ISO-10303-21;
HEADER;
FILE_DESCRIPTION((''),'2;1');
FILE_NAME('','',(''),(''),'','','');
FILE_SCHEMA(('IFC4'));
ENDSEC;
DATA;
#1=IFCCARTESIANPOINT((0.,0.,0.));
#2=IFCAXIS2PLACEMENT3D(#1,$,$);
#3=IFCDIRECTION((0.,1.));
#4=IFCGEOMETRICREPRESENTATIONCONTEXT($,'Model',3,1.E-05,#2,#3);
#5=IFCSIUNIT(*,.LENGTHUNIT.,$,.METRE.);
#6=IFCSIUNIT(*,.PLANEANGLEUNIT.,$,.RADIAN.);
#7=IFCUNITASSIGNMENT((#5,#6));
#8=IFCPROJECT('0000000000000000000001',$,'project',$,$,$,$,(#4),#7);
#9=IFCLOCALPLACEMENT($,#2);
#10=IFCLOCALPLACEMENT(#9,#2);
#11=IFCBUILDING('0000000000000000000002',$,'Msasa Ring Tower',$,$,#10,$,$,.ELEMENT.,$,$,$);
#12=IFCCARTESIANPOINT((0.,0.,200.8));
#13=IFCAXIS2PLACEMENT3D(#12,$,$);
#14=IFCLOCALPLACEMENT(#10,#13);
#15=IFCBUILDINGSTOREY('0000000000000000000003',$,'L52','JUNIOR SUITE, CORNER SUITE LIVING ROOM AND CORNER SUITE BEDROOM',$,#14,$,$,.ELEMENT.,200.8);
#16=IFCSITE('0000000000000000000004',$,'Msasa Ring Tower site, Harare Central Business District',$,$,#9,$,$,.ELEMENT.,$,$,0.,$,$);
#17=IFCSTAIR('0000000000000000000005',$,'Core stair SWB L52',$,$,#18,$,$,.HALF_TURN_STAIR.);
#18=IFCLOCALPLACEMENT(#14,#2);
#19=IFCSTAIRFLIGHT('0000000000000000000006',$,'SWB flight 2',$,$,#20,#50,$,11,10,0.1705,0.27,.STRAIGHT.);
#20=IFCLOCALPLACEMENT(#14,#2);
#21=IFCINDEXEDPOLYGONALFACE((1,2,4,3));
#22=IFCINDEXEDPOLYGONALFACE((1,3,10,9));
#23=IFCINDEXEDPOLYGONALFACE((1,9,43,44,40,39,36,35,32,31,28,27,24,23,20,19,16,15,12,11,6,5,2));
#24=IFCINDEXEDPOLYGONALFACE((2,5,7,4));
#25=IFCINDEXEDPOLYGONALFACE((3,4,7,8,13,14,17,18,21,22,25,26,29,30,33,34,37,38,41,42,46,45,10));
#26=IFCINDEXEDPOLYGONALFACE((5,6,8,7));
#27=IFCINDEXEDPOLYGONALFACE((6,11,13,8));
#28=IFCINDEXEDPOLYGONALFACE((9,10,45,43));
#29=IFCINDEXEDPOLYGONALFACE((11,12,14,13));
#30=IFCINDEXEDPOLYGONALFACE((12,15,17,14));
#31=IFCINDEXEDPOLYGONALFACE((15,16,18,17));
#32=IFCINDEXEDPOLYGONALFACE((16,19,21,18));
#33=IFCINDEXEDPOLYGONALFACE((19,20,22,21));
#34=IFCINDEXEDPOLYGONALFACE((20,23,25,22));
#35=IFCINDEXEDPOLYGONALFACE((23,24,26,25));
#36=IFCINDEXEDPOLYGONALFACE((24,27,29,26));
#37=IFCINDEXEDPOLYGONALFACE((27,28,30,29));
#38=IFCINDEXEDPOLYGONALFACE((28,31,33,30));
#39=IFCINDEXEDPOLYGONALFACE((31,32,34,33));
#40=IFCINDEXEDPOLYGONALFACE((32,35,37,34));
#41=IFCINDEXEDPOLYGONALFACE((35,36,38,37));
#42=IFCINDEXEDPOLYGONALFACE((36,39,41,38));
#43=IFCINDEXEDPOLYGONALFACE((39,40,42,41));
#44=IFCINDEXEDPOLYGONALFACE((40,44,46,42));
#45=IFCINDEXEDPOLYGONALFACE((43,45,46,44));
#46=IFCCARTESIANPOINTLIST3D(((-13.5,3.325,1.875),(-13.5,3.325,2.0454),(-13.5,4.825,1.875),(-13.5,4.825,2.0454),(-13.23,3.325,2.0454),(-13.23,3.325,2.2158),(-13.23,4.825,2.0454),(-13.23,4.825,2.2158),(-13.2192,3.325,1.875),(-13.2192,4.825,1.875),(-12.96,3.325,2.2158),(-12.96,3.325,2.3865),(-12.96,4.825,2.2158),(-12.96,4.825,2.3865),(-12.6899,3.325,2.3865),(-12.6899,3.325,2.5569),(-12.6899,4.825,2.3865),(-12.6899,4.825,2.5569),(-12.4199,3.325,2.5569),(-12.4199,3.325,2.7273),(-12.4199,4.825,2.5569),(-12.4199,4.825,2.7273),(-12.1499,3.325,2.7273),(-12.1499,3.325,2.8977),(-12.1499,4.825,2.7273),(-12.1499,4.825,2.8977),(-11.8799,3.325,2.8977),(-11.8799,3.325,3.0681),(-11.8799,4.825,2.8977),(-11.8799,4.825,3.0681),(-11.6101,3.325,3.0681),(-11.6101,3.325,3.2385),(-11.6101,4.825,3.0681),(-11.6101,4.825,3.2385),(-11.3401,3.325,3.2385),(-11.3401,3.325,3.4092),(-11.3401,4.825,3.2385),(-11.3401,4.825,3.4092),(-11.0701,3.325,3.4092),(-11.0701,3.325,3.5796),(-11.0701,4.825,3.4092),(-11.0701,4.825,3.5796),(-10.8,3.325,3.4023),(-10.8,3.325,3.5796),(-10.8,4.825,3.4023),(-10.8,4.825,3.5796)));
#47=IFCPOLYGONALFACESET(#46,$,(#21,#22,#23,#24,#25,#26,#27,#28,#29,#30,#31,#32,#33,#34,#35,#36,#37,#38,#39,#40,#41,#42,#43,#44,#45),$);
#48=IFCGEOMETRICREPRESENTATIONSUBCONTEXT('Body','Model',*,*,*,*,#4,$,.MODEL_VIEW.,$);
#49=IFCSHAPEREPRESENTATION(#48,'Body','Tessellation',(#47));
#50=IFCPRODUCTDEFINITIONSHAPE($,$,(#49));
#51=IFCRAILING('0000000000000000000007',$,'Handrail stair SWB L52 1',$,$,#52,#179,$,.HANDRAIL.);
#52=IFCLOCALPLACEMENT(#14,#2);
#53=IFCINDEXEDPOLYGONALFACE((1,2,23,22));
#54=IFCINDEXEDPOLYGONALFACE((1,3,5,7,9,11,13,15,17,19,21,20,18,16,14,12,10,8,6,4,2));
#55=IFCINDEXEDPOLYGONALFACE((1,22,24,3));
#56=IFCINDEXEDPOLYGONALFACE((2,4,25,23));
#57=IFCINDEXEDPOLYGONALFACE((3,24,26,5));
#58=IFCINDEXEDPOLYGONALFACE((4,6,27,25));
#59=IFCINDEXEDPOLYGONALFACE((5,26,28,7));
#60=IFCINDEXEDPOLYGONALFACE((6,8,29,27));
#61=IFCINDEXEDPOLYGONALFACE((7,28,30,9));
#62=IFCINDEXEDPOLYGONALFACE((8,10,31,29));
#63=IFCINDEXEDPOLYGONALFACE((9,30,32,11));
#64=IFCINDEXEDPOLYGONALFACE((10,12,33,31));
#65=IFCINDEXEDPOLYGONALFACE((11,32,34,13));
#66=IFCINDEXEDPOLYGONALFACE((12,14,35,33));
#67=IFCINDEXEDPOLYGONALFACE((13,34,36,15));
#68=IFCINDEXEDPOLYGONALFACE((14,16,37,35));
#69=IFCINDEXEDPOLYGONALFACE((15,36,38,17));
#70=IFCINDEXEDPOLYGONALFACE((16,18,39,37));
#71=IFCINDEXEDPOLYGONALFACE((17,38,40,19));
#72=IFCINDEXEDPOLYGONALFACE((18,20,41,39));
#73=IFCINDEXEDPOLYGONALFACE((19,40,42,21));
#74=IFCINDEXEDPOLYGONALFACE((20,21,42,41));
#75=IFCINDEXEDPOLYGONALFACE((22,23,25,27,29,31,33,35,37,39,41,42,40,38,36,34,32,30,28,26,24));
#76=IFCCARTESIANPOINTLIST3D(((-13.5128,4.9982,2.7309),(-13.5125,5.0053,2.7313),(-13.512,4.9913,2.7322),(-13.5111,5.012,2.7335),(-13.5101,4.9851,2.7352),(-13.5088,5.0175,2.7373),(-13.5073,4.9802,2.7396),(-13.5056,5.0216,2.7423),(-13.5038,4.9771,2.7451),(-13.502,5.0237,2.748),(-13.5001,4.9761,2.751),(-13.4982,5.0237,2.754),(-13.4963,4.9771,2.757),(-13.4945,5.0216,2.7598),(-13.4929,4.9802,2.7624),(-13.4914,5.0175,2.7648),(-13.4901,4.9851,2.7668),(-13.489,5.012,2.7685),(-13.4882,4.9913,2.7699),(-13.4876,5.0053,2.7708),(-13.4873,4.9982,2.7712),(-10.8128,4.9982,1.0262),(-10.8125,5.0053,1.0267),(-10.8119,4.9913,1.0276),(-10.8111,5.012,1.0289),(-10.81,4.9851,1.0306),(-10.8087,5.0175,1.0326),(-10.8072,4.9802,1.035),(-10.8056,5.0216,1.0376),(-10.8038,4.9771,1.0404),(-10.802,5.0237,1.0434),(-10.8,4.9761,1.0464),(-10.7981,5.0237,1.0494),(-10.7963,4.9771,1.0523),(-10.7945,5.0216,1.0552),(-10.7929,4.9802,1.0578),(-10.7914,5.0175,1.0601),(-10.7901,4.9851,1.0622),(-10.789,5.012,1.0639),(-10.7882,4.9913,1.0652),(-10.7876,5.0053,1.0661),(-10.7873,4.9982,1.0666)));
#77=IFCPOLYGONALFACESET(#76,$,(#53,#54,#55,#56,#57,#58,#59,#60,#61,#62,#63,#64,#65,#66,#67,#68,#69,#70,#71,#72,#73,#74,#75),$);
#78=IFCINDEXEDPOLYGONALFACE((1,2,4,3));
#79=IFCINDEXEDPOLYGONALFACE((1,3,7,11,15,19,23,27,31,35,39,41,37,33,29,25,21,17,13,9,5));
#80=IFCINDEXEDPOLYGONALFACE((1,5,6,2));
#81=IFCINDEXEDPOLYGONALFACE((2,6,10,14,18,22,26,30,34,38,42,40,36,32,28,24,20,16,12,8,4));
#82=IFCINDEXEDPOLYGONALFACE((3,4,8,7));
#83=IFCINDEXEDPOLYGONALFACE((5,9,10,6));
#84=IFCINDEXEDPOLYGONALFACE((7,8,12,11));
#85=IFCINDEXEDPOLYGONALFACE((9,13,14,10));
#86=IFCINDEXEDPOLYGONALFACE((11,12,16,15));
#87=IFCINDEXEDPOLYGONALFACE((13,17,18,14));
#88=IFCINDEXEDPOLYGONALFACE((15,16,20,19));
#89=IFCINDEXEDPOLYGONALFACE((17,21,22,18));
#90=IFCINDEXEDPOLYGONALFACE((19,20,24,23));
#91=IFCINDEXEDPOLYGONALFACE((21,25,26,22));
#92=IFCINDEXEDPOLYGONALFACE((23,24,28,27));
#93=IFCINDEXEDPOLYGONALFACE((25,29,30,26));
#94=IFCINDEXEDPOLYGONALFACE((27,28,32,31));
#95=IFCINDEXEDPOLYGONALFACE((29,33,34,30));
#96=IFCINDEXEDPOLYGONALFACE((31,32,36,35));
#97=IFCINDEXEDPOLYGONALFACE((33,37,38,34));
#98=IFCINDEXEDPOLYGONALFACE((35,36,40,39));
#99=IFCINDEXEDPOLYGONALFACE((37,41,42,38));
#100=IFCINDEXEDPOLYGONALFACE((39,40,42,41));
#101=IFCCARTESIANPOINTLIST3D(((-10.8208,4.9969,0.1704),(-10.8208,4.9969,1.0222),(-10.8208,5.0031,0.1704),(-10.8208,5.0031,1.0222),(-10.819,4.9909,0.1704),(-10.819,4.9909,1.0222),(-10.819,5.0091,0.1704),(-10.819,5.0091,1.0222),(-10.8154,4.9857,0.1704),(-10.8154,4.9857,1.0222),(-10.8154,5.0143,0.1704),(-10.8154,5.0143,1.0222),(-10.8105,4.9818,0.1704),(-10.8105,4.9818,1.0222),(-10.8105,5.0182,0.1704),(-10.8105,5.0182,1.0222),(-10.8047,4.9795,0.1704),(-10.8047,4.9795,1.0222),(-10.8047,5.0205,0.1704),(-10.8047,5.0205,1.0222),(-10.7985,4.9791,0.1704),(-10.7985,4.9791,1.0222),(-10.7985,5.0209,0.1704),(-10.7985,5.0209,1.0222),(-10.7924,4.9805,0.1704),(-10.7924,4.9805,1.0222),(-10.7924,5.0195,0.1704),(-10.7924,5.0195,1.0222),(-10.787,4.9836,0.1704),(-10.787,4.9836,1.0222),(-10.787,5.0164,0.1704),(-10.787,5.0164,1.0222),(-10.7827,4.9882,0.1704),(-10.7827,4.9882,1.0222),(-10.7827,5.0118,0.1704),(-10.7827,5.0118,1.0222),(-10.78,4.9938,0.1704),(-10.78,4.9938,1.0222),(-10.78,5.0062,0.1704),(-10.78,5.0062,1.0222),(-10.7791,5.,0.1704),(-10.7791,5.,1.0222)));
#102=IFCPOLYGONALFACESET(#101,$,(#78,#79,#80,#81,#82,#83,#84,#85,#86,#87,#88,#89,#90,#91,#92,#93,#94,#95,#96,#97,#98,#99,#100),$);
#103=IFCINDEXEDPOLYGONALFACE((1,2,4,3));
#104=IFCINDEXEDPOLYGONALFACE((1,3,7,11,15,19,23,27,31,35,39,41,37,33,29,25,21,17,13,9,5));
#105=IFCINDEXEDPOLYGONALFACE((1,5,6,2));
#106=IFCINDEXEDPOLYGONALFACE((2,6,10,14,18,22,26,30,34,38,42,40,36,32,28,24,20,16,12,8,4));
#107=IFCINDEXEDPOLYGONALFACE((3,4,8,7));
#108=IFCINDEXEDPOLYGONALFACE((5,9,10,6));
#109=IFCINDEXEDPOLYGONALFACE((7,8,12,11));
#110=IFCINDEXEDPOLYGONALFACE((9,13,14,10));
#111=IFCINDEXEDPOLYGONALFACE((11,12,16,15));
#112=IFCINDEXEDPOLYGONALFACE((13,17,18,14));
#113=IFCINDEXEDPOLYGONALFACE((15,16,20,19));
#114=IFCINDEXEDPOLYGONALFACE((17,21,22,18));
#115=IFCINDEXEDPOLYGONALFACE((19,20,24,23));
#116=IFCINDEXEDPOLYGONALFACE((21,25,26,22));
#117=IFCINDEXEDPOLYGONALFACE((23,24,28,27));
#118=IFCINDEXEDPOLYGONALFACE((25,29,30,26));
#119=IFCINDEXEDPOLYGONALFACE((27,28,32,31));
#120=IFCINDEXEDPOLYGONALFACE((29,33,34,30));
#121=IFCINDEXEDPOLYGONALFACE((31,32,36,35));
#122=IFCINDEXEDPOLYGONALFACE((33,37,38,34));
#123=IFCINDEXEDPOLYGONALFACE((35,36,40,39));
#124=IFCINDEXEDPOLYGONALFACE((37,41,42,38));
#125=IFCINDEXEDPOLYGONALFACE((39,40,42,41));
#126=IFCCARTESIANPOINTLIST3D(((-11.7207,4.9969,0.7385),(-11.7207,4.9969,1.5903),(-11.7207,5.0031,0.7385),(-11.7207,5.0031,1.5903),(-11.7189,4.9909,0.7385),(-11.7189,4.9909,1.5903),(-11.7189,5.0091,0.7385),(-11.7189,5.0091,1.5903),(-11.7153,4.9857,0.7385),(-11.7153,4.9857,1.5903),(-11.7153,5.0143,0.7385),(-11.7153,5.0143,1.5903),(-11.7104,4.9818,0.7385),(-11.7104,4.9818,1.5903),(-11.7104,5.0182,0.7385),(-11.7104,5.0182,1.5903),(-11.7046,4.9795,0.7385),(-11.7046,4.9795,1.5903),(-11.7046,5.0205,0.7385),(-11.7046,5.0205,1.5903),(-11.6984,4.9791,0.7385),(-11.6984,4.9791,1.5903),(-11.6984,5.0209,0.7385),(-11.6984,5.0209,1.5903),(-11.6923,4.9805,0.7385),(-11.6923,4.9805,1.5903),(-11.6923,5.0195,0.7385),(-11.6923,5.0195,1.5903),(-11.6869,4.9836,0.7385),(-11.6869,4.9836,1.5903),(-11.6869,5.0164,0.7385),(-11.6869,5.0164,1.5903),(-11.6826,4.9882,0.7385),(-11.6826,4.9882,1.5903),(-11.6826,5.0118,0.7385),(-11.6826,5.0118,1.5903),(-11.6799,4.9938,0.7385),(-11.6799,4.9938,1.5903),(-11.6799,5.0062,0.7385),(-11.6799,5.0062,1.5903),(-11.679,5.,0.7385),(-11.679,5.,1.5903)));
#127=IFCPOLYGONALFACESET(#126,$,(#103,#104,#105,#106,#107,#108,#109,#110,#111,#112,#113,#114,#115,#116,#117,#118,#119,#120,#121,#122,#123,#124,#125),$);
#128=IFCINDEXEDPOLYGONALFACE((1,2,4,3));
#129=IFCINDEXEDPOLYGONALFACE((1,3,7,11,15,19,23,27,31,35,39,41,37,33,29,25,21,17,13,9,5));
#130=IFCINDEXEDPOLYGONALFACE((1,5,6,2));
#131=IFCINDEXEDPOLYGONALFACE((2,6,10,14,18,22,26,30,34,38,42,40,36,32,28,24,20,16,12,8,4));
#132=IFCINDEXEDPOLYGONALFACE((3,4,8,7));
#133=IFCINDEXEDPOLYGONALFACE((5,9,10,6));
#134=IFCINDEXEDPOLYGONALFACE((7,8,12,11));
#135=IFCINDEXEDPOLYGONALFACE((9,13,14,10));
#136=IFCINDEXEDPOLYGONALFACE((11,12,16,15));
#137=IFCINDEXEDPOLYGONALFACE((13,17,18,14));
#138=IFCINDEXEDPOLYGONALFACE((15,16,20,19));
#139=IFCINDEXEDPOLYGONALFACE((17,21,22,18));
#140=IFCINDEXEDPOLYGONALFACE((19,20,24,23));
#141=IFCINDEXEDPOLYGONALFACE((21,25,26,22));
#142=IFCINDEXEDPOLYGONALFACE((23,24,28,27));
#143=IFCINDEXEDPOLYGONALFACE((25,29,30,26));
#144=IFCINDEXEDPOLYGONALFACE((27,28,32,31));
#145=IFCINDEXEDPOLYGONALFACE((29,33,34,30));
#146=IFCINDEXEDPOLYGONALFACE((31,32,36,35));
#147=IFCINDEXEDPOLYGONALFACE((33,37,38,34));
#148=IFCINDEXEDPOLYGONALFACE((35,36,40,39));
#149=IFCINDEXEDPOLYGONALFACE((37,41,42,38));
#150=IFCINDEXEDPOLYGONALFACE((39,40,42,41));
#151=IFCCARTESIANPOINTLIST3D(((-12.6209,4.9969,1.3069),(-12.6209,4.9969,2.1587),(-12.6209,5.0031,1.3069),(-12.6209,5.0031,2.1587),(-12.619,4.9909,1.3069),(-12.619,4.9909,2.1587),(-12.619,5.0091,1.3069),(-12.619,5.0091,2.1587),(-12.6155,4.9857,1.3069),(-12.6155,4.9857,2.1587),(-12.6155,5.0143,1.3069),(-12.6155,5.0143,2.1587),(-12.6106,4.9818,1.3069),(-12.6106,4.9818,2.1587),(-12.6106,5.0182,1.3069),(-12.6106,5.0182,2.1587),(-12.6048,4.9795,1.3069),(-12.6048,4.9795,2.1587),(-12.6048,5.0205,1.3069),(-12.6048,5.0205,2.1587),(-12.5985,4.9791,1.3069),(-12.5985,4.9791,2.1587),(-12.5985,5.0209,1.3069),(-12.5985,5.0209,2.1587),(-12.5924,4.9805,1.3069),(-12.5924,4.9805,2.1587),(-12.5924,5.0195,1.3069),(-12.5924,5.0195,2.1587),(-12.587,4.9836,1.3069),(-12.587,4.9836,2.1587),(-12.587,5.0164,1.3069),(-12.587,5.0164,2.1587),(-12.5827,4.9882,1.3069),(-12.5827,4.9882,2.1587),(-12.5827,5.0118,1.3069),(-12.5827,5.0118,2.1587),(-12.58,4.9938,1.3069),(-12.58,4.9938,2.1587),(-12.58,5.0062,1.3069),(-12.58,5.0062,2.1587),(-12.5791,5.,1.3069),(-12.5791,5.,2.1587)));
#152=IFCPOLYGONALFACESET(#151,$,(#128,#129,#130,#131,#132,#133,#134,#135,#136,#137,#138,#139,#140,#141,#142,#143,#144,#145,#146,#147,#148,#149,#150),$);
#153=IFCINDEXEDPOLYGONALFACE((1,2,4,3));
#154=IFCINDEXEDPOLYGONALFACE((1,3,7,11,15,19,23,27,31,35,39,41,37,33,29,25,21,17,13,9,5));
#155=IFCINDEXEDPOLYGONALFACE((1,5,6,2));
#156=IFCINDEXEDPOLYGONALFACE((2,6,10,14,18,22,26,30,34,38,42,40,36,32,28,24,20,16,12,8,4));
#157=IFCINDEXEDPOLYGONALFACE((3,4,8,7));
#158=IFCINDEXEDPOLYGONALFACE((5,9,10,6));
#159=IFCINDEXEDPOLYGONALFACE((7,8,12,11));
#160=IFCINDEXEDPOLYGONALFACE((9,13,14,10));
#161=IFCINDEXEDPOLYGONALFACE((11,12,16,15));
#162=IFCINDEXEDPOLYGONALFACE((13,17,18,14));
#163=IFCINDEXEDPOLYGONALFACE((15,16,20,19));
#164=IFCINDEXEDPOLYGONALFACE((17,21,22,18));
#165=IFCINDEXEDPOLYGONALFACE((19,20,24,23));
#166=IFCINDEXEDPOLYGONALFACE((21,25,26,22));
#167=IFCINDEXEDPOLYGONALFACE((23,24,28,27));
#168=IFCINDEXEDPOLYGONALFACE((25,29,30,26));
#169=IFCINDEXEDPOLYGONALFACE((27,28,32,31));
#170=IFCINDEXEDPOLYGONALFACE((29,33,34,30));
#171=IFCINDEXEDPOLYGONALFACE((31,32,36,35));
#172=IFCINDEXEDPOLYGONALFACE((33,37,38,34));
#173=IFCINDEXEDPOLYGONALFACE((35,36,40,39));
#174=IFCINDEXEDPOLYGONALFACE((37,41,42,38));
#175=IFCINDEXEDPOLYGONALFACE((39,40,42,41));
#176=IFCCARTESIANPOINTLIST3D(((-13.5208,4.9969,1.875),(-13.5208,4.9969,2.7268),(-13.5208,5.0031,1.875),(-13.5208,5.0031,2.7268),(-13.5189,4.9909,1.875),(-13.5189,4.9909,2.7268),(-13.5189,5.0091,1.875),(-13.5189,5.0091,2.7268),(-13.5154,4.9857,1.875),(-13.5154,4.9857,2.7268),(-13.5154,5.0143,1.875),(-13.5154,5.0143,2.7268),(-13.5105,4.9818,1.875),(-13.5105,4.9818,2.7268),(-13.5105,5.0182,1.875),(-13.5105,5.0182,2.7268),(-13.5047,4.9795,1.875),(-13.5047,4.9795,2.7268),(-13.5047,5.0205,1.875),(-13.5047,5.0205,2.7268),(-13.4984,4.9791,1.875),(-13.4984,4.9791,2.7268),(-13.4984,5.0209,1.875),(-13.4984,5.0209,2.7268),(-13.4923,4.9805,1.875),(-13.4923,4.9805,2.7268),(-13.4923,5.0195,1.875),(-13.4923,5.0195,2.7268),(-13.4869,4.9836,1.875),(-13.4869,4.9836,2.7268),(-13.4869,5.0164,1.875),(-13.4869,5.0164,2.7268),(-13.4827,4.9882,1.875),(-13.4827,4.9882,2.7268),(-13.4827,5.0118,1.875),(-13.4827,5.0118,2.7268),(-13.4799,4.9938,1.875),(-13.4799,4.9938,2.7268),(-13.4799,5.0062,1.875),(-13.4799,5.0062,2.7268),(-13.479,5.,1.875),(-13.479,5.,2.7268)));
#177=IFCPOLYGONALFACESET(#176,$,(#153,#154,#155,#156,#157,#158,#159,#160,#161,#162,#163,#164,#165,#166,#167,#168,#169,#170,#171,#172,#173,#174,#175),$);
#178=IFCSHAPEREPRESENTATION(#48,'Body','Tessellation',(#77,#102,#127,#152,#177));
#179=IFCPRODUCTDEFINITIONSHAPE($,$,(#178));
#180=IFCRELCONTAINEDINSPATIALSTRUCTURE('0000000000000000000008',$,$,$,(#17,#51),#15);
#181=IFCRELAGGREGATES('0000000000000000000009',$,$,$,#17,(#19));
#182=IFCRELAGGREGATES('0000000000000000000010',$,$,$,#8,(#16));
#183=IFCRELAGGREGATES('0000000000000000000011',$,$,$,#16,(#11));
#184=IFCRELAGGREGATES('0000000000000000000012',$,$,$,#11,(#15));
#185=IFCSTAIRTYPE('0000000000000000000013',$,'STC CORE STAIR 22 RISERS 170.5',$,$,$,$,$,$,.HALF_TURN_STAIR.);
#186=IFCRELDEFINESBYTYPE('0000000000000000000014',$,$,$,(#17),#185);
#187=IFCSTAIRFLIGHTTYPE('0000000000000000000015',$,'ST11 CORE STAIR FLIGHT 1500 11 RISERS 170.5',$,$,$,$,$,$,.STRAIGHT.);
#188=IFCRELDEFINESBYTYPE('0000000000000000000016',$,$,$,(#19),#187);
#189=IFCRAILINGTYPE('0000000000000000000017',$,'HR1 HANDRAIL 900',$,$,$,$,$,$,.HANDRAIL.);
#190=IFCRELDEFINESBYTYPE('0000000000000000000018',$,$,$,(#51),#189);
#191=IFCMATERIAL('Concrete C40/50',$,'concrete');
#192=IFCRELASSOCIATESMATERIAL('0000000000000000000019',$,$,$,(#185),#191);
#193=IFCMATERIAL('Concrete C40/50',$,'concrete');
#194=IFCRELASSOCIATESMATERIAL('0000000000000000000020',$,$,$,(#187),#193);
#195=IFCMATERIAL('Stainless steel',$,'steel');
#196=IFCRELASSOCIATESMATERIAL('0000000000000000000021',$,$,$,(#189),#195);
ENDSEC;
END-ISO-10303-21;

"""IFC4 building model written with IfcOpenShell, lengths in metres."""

from ifc_helpers import new_model, si_unit, direction, frame, origin, origin_2d, place, context, subcontext, project, spatial, polyline, circle, outline, extrude, material, type_object, element, aggregate, save


model = new_model("IFC4")

# Units and contexts
model_context = context("Model", 3, precision=1e-05, world=origin(), true_north=direction((0.0, 1.0)))
body_context = subcontext(model_context, "Body", "Model", "MODEL_VIEW")
ifc_project = project(units=[si_unit("LENGTHUNIT", "METRE"), si_unit("PLANEANGLEUNIT", "RADIAN")], contexts=[model_context])

# Site, building, storey
site_placement = place(None, origin())
site = spatial("IfcSite", under=ifc_project, at=site_placement, Name="Msasa Ring Tower site, Harare Central Business District", CompositionType="ELEMENT", RefElevation=0.0)
building_placement = place(site_placement, origin())
building = spatial("IfcBuilding", under=site, at=building_placement, Name="Msasa Ring Tower", CompositionType="ELEMENT")
storey_placement = place(building_placement, frame((0.0, 0.0, 200.8)))
storey = spatial("IfcBuildingStorey", under=building, at=storey_placement, Name="L52", Description="JUNIOR SUITE, CORNER SUITE LIVING ROOM AND CORNER SUITE BEDROOM", CompositionType="ELEMENT", Elevation=200.8)

# Stair, stair flight
ifc_material_1 = material(Name="Concrete C40/50", Category="concrete")
stair_type = type_object("IfcStairType", Name="STC CORE STAIR 22 RISERS 170.5", PredefinedType="HALF_TURN_STAIR", material=ifc_material_1)
stair_placement = place(storey_placement, origin())
stair = element("IfcStair", 1, at=stair_placement, inside=storey, type_object=stair_type, Name="Core stair SWB L52", PredefinedType="HALF_TURN_STAIR")
ifc_material_2 = material(Name="Concrete C40/50", Category="concrete")
stair_flight_type = type_object("IfcStairFlightType", Name="ST11 CORE STAIR FLIGHT 1500 11 RISERS 170.5", PredefinedType="STRAIGHT", material=ifc_material_2)
stair_flight_1_placement = place(storey_placement, frame((-13.5, 4.075, 1.875), z_axis=(0.0, 0.0, 1.0), x_axis=(1.0, 0.0, 0.0)))
stair_flight_1 = element("IfcStairFlight", 2, at=stair_flight_1_placement, type_object=stair_flight_type, Name="SWB flight 2", NumberOfRisers=11, NumberOfTreads=10, PredefinedType="STRAIGHT", RiserHeight=0.1705, TreadLength=0.27, context=body_context, shape_type="SweptSolid", body=[
    extrude(outline(polyline([(0.0, 0.0), (0.0, 0.1704), (0.27, 0.1704), (0.27, 0.3408), (0.54, 0.3408), (0.54, 0.5115), (0.8101, 0.5115), (0.8101, 0.6819), (1.0801, 0.6819), (1.0801, 0.8523), (1.3501, 0.8523), (1.3501, 1.0227), (1.6201, 1.0227), (1.6201, 1.1931), (1.8899, 1.1931), (1.8899, 1.3635), (2.1599, 1.3635), (2.1599, 1.5342), (2.4299, 1.5342), (2.4299, 1.7046), (2.7, 1.7046), (2.7, 1.875), (2.7, 1.5273), (0.2808, 0.0), (0.0, 0.0)])), frame((0.0, 0.75, 0.0), z_axis=(0.0, -1.0, 0.0), x_axis=(1.0, 0.0, 0.0)), (0.0, 0.0, 1.0), 1.5),
])
aggregate(stair, [stair_flight_1])

# Railing
ifc_material_3 = material(Name="Stainless steel", Category="steel")
railing_type = type_object("IfcRailingType", Name="HR1 HANDRAIL 900", PredefinedType="HANDRAIL", material=ifc_material_3)
for number, where, name in (
    (3, (-10.8, 5.0, 0.1704), "Handrail stair SWB L52 1"),
):
    element("IfcRailing", number, at=place(storey_placement, frame(where)), inside=storey, type_object=railing_type, Name=name, PredefinedType="HANDRAIL", context=body_context, shape_type="SweptSolid", body=[
        extrude(circle(Radius=0.0239, at=origin_2d()), frame((0.0, 0.0, 0.876), z_axis=(-0.84558, 0.0, 0.533849), x_axis=(0.0, -1.0, 0.0)), (0.0, 0.0, 1.0), 3.1931),
        extrude(circle(Radius=0.021, at=origin_2d()), origin(), (0.0, 0.0, 1.0), 0.8518),
        extrude(circle(Radius=0.021, at=origin_2d()), frame((-0.8999, 0.0, 0.5681)), (0.0, 0.0, 1.0), 0.8518),
        extrude(circle(Radius=0.021, at=origin_2d()), frame((-1.8, 0.0, 1.1365)), (0.0, 0.0, 1.0), 0.8518),
        extrude(circle(Radius=0.021, at=origin_2d()), frame((-2.7, 0.0, 1.7046)), (0.0, 0.0, 1.0), 0.8518),
    ])

save(model, "model.ifc")
